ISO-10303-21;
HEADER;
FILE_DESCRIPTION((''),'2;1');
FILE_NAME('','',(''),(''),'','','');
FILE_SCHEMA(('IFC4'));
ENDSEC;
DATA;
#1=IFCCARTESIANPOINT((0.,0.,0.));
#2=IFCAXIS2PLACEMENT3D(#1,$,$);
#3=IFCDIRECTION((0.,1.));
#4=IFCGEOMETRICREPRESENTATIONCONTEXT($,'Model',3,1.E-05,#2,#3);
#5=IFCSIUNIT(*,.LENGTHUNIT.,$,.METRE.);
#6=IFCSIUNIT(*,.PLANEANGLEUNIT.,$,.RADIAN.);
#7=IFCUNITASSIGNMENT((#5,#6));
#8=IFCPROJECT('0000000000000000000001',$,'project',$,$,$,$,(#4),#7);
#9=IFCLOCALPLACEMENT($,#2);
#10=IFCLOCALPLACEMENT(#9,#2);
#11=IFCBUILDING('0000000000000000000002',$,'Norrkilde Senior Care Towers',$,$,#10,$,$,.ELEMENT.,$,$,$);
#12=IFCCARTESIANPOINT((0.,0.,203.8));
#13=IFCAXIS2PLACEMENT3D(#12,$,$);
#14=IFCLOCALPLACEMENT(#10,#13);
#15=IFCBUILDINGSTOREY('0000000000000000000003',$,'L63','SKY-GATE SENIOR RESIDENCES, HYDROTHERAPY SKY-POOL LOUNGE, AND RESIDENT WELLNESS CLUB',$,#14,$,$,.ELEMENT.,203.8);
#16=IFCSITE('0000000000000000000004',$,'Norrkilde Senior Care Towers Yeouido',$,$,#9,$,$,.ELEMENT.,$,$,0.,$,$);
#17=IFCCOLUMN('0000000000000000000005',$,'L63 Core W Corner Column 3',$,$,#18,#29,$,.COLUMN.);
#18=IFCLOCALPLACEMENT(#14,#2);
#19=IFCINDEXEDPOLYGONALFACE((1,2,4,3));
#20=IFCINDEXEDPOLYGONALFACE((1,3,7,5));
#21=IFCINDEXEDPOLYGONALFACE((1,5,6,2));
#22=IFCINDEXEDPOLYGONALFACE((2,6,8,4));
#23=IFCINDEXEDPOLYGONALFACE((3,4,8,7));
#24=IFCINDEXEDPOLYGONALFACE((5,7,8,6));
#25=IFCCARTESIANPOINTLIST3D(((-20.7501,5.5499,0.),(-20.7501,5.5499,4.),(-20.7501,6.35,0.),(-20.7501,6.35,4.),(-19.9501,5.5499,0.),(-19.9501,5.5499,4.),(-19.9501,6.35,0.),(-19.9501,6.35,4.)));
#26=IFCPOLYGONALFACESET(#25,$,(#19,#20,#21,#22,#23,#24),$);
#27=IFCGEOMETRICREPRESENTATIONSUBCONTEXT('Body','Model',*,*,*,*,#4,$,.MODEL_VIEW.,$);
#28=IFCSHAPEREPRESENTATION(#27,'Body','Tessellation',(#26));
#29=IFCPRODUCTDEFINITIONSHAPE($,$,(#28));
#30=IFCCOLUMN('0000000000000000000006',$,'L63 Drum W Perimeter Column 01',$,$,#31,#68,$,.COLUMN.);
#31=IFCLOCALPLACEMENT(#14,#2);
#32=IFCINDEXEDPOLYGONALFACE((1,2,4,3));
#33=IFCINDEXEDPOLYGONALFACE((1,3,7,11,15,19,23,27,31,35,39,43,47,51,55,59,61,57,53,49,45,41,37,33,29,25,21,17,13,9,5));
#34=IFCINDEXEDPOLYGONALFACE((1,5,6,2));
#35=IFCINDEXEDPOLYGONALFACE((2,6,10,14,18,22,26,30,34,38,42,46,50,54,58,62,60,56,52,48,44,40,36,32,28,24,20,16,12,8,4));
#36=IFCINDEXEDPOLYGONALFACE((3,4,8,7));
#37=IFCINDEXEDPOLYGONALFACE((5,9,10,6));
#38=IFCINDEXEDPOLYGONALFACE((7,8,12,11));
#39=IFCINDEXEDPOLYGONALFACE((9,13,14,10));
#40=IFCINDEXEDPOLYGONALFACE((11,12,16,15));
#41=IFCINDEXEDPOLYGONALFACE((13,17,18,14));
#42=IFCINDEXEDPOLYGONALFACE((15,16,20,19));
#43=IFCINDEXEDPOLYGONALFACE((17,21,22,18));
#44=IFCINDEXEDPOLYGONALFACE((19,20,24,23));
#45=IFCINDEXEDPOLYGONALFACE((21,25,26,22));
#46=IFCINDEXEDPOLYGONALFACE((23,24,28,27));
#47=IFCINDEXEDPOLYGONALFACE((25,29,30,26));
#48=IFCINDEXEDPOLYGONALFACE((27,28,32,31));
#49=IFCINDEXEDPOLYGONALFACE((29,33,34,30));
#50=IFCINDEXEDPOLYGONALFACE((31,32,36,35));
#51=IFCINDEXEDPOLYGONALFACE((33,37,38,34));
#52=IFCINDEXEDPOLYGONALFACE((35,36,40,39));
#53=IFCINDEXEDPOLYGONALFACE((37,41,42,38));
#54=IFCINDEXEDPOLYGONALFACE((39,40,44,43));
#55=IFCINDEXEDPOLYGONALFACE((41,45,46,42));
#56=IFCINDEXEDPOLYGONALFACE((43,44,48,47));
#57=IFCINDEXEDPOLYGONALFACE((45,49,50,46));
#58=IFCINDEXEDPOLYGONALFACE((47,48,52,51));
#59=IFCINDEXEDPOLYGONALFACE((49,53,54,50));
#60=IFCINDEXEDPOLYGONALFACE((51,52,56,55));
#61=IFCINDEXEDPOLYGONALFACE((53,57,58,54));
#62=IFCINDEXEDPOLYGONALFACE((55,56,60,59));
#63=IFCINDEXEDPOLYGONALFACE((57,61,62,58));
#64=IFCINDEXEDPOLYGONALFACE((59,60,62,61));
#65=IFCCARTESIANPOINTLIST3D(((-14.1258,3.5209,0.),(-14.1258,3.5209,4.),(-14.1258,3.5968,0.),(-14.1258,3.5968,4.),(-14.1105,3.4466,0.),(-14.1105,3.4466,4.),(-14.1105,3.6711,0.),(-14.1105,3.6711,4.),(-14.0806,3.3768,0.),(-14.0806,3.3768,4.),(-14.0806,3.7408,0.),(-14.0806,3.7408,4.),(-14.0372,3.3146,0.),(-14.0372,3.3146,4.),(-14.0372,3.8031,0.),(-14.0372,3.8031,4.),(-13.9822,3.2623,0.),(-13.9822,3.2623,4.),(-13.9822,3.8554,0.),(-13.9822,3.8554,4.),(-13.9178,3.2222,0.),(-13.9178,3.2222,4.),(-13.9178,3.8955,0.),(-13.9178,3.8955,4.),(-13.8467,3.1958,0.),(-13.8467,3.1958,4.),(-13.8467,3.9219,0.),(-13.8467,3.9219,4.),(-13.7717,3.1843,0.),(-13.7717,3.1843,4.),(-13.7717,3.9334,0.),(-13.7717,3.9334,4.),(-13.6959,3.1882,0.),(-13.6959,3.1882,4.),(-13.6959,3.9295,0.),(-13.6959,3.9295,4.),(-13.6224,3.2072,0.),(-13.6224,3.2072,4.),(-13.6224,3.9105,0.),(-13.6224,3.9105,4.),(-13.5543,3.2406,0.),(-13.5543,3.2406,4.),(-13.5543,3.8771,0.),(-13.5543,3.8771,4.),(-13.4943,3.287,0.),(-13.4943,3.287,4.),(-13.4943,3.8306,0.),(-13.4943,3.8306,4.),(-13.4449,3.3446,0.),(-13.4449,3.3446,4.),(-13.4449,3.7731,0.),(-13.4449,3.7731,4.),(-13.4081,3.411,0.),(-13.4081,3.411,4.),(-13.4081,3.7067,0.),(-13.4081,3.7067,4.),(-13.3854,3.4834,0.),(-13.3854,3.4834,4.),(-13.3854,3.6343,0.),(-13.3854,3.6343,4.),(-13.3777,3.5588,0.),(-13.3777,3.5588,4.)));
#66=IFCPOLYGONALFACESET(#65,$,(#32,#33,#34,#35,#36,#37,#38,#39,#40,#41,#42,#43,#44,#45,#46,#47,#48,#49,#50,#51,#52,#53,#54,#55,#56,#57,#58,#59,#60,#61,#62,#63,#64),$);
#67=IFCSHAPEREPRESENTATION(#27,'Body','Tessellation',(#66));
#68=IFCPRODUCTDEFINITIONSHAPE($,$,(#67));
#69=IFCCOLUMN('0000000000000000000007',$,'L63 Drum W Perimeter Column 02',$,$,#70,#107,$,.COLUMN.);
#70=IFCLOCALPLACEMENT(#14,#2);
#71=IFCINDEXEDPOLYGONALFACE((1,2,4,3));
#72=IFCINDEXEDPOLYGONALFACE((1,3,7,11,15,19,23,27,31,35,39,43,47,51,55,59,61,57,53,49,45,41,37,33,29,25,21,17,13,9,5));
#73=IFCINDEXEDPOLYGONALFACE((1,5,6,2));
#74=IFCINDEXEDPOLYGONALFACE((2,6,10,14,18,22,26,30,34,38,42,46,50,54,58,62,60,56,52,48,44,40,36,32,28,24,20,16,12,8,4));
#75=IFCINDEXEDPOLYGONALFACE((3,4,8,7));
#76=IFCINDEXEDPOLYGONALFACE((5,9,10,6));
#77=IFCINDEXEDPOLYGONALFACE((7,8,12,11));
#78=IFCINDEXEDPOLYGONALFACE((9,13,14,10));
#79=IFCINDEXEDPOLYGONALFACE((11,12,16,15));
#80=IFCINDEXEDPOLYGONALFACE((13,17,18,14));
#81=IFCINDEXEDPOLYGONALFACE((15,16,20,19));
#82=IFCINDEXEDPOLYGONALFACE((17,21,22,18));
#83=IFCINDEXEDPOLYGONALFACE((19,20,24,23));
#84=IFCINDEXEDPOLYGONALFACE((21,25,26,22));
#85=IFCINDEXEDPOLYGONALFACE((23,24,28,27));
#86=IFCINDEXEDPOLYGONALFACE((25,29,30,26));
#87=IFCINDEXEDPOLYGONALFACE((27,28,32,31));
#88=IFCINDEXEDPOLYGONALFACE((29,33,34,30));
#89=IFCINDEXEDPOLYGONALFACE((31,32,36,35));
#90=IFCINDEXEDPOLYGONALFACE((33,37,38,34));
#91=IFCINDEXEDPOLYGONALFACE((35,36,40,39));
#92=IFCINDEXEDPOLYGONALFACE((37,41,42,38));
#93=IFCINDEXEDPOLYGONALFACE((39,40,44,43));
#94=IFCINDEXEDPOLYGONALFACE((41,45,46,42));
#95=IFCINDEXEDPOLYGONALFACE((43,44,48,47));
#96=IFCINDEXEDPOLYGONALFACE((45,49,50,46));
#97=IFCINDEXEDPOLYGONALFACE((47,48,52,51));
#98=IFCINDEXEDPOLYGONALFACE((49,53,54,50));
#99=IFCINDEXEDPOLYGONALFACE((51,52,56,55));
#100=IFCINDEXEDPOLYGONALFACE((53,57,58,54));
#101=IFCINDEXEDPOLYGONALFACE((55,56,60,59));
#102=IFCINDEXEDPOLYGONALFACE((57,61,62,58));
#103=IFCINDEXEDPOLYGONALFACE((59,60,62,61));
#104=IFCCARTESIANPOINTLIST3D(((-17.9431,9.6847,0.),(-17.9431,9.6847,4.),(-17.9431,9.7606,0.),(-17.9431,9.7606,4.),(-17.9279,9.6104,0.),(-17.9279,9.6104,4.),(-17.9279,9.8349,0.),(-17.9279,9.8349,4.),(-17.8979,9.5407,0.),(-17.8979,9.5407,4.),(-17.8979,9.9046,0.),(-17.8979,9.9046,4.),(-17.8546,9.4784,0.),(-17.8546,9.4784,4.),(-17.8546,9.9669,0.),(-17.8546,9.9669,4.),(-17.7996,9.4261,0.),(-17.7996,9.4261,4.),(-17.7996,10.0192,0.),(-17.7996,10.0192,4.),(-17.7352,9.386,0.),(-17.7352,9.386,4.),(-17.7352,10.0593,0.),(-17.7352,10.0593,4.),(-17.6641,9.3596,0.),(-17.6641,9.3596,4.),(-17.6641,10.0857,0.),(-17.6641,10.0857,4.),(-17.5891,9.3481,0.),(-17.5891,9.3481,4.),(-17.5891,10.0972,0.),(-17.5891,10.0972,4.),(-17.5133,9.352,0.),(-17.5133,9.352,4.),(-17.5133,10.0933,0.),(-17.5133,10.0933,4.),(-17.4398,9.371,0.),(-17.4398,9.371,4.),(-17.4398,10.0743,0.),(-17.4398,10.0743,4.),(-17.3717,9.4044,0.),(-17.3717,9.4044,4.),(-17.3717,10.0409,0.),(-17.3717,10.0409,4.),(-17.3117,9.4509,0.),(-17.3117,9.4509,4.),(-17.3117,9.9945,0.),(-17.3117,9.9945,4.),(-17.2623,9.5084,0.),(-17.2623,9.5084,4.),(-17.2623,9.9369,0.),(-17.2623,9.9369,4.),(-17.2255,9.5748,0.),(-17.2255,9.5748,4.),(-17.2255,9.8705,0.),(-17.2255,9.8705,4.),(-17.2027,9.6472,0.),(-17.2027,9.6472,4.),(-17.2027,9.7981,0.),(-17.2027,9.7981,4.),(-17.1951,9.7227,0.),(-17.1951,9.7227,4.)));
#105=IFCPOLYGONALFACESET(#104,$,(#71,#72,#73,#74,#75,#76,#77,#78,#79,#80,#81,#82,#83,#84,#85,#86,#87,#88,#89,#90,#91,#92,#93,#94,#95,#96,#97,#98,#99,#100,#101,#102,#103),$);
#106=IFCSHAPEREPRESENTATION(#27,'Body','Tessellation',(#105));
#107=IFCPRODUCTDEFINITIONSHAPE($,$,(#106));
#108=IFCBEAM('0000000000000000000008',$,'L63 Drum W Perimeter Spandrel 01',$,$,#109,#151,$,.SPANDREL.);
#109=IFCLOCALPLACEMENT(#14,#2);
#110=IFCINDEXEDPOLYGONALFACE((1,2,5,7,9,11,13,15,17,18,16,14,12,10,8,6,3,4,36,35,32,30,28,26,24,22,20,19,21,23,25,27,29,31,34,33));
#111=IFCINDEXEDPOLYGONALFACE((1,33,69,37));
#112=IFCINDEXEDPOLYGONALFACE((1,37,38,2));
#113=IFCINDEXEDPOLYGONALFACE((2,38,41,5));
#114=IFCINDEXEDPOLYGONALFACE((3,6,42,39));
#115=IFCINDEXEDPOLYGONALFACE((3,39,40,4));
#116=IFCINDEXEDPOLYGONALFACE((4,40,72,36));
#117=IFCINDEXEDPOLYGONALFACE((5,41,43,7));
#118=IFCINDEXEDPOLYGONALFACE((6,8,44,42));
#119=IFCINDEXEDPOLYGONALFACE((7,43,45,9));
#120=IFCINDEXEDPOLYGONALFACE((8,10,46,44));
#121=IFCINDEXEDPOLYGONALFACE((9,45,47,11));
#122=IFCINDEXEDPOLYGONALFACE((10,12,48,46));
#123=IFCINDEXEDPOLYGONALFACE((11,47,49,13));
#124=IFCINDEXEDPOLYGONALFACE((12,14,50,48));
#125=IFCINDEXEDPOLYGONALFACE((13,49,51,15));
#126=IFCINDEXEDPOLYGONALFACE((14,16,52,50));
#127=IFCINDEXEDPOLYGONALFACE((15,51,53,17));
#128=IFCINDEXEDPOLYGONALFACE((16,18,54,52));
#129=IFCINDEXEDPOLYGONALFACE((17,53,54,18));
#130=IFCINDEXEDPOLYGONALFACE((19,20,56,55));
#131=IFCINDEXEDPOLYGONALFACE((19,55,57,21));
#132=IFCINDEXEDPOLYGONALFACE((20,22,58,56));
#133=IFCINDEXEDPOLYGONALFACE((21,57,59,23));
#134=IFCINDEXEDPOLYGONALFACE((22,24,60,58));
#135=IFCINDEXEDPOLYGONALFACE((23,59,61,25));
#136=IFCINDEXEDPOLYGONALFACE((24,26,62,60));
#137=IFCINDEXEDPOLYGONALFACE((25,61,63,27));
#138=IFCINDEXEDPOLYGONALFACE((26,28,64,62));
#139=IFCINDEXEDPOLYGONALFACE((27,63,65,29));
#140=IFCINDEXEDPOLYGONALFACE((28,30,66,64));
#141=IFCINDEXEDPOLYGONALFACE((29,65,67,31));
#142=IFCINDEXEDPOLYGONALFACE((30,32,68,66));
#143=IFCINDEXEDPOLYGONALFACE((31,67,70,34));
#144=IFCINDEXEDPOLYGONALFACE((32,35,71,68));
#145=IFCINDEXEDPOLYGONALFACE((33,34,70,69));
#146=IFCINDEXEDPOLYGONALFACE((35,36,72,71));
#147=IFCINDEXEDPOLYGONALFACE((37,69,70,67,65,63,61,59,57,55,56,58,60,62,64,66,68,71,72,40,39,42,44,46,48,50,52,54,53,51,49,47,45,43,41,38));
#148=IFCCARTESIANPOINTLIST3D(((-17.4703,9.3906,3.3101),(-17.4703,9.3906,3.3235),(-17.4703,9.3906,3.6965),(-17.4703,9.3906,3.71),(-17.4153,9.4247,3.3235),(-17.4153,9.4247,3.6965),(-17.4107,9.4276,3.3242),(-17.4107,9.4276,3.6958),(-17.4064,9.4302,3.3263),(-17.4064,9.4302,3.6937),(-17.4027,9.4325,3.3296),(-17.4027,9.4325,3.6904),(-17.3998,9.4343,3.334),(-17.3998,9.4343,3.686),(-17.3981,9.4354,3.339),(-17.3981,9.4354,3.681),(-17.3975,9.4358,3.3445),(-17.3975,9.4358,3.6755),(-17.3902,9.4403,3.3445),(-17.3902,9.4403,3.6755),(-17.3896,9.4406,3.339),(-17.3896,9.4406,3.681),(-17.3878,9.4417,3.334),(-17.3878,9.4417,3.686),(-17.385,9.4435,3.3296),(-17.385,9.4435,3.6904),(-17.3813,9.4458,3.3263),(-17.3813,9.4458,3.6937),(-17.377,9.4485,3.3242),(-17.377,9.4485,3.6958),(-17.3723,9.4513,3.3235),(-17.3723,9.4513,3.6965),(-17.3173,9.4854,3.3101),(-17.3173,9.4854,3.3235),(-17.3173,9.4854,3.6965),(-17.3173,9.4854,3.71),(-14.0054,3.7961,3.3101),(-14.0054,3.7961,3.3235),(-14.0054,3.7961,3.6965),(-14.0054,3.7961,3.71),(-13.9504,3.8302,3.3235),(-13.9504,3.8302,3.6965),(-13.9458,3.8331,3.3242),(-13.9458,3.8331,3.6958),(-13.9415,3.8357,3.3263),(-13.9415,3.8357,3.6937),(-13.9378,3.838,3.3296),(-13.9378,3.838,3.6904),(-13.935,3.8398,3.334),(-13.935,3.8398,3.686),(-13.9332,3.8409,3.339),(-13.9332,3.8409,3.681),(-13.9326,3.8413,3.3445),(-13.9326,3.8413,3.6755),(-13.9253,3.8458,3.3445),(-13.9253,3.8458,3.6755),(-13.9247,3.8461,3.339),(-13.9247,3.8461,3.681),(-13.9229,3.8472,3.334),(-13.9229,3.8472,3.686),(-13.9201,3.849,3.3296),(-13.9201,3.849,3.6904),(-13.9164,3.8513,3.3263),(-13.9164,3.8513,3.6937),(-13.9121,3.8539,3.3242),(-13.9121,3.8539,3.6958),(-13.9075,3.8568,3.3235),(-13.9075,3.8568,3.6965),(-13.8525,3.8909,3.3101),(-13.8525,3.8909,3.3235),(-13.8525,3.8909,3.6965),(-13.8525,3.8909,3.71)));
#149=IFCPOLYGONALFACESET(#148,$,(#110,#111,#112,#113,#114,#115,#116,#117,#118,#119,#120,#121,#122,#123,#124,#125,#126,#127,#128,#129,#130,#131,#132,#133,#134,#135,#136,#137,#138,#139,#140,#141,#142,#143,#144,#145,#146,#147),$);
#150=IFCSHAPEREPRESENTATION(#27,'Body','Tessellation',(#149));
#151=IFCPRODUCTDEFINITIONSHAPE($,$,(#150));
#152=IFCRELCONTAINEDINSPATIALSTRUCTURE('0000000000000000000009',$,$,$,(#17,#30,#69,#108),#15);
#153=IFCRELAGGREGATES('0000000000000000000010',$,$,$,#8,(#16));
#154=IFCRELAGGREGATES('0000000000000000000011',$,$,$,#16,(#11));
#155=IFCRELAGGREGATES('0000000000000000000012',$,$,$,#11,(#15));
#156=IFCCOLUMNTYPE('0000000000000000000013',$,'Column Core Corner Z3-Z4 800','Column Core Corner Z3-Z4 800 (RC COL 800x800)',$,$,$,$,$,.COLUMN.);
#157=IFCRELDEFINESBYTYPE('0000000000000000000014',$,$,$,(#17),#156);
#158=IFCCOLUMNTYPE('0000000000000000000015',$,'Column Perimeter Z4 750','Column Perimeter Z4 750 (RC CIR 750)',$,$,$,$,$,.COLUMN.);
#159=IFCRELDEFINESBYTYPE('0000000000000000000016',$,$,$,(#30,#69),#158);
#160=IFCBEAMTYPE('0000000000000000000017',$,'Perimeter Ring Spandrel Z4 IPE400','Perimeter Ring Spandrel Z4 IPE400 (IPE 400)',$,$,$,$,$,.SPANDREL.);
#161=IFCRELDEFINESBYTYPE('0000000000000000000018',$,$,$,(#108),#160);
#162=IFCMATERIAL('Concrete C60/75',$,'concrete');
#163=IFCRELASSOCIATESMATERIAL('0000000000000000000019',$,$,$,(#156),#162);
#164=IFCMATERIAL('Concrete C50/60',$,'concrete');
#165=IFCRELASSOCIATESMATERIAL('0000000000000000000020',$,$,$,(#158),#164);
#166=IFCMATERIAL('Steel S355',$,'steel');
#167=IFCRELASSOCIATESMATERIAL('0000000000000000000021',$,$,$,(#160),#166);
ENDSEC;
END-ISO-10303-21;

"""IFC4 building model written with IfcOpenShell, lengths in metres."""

from ifc_helpers import new_model, si_unit, direction, frame, origin, origin_2d, place, context, subcontext, project, spatial, rectangle, circle, i_section, extrude, source, transform, mapped, material, material_profile, profile_set, type_object, type_shapes, element, save


model = new_model("IFC4")

# Units and contexts
model_context = context("Model", 3, precision=1e-05, world=origin(), true_north=direction((0.0, 1.0)))
body_context = subcontext(model_context, "Body", "Model", "MODEL_VIEW")
ifc_project = project(units=[si_unit("LENGTHUNIT", "METRE"), si_unit("PLANEANGLEUNIT", "RADIAN")], contexts=[model_context])

# Site, building, storey
site_placement = place(None, origin())
site = spatial("IfcSite", under=ifc_project, at=site_placement, Name="Norrkilde Senior Care Towers Yeouido", CompositionType="ELEMENT", RefElevation=0.0)
building_placement = place(site_placement, origin())
building = spatial("IfcBuilding", under=site, at=building_placement, Name="Norrkilde Senior Care Towers", CompositionType="ELEMENT")
storey_placement = place(building_placement, frame((0.0, 0.0, 203.8)))
storey = spatial("IfcBuildingStorey", under=building, at=storey_placement, Name="L63", Description="SKY-GATE SENIOR RESIDENCES, HYDROTHERAPY SKY-POOL LOUNGE, AND RESIDENT WELLNESS CLUB", CompositionType="ELEMENT", Elevation=203.8)

# Columns
ifc_material_1 = material(Name="Concrete C60/75", Category="concrete")
ifc_material_profile_1 = material_profile(ifc_material_1, rectangle(XDim=0.8, YDim=0.8, at=origin_2d()), Name="RC COL 800x800")
ifc_profile_set_1 = profile_set([ifc_material_profile_1], Name="Concrete C60/75")
column_type_1 = type_object("IfcColumnType", Name="Column Core Corner Z3-Z4 800", Description="Column Core Corner Z3-Z4 800 (RC COL 800x800)", PredefinedType="COLUMN", material=ifc_profile_set_1)
shared_shape_1 = source(origin(), body_context, "Body", "SweptSolid", [
    extrude(rectangle(XDim=0.8, YDim=0.8, at=origin_2d()), origin(), (0.0, 0.0, 1.0), 4.0),
])
type_shapes(column_type_1, [shared_shape_1])
column_placement = place(storey_placement, frame((-20.3501, 5.95, 0.0), z_axis=(0.0, 0.0, 1.0), x_axis=(1.0, 0.0, 0.0)))
element("IfcColumn", 1, at=column_placement, inside=storey, type_object=column_type_1, Name="L63 Core W Corner Column 3", PredefinedType="COLUMN", context=body_context, shape_type="MappedRepresentation", body=[
    mapped(shared_shape_1, transform((0.0, 0.0, 0.0), x_axis=(1.0, 0.0, 0.0), y_axis=(0.0, 1.0, 0.0), z_axis=(0.0, 0.0, 1.0), scale=1.0)),
])
ifc_material_2 = material(Name="Concrete C50/60", Category="concrete")
ifc_material_profile_2 = material_profile(ifc_material_2, circle(Radius=0.375, at=origin_2d()), Name="RC CIR 750")
ifc_profile_set_2 = profile_set([ifc_material_profile_2], Name="Concrete C50/60")
column_type_2 = type_object("IfcColumnType", Name="Column Perimeter Z4 750", Description="Column Perimeter Z4 750 (RC CIR 750)", PredefinedType="COLUMN", material=ifc_profile_set_2)
shared_shape_2 = source(origin(), body_context, "Body", "SweptSolid", [
    extrude(circle(Radius=0.375, at=origin_2d()), origin(), (0.0, 0.0, 1.0), 4.0),
])
type_shapes(column_type_2, [shared_shape_2])
for number, where, z_axis, x_axis, name in (
    (2, (-13.7527, 3.5588, 0.0), (0.0, 0.0, 1.0), (1.0, 0.0, 0.0), "L63 Drum W Perimeter Column 01"),
    (3, (-17.5701, 9.7227, 0.0), (0.0, 0.0, 1.0), (1.0, 0.0, 0.0), "L63 Drum W Perimeter Column 02"),
):
    element("IfcColumn", number, at=place(storey_placement, frame(where, z_axis=z_axis, x_axis=x_axis)), inside=storey, type_object=column_type_2, Name=name, PredefinedType="COLUMN", context=body_context, shape_type="MappedRepresentation", body=[
        mapped(shared_shape_2, transform((0.0, 0.0, 0.0), x_axis=(1.0, 0.0, 0.0), y_axis=(0.0, 1.0, 0.0), z_axis=(0.0, 0.0, 1.0), scale=1.0)),
    ])

# Beam
ifc_material_3 = material(Name="Steel S355", Category="steel")
ifc_material_profile_3 = material_profile(ifc_material_3, i_section(OverallWidth=0.1799, OverallDepth=0.3999, WebThickness=0.0085, FlangeThickness=0.0134, FilletRadius=0.021, at=origin_2d()), Name="IPE 400")
ifc_profile_set_3 = profile_set([ifc_material_profile_3], Name="Steel S355")
beam_type_1 = type_object("IfcBeamType", Name="Perimeter Ring Spandrel Z4 IPE400", Description="Perimeter Ring Spandrel Z4 IPE400 (IPE 400)", PredefinedType="SPANDREL", material=ifc_profile_set_3)
shared_shape_3 = source(origin(), body_context, "Body", "SweptSolid", [
    extrude(i_section(OverallWidth=0.1799, OverallDepth=0.3999, WebThickness=0.0085, FlangeThickness=0.0134, FilletRadius=0.021, at=origin_2d()), origin(), (0.0, 0.0, 1.0), 6.5806),
])
type_shapes(beam_type_1, [shared_shape_3])
beam_1_placement = place(storey_placement, frame((-13.929, 3.8435, 3.51), z_axis=(-0.52653, 0.850157, 0.0), x_axis=(-0.850157, -0.52653, 0.0)))
element("IfcBeam", 4, at=beam_1_placement, inside=storey, type_object=beam_type_1, Name="L63 Drum W Perimeter Spandrel 01", PredefinedType="SPANDREL", context=body_context, shape_type="MappedRepresentation", body=[
    mapped(shared_shape_3, transform((0.0, 0.0, 0.0), x_axis=(1.0, 0.0, 0.0), y_axis=(0.0, 1.0, 0.0), z_axis=(0.0, 0.0, 1.0), scale=1.0)),
])

save(model, "model.ifc")
